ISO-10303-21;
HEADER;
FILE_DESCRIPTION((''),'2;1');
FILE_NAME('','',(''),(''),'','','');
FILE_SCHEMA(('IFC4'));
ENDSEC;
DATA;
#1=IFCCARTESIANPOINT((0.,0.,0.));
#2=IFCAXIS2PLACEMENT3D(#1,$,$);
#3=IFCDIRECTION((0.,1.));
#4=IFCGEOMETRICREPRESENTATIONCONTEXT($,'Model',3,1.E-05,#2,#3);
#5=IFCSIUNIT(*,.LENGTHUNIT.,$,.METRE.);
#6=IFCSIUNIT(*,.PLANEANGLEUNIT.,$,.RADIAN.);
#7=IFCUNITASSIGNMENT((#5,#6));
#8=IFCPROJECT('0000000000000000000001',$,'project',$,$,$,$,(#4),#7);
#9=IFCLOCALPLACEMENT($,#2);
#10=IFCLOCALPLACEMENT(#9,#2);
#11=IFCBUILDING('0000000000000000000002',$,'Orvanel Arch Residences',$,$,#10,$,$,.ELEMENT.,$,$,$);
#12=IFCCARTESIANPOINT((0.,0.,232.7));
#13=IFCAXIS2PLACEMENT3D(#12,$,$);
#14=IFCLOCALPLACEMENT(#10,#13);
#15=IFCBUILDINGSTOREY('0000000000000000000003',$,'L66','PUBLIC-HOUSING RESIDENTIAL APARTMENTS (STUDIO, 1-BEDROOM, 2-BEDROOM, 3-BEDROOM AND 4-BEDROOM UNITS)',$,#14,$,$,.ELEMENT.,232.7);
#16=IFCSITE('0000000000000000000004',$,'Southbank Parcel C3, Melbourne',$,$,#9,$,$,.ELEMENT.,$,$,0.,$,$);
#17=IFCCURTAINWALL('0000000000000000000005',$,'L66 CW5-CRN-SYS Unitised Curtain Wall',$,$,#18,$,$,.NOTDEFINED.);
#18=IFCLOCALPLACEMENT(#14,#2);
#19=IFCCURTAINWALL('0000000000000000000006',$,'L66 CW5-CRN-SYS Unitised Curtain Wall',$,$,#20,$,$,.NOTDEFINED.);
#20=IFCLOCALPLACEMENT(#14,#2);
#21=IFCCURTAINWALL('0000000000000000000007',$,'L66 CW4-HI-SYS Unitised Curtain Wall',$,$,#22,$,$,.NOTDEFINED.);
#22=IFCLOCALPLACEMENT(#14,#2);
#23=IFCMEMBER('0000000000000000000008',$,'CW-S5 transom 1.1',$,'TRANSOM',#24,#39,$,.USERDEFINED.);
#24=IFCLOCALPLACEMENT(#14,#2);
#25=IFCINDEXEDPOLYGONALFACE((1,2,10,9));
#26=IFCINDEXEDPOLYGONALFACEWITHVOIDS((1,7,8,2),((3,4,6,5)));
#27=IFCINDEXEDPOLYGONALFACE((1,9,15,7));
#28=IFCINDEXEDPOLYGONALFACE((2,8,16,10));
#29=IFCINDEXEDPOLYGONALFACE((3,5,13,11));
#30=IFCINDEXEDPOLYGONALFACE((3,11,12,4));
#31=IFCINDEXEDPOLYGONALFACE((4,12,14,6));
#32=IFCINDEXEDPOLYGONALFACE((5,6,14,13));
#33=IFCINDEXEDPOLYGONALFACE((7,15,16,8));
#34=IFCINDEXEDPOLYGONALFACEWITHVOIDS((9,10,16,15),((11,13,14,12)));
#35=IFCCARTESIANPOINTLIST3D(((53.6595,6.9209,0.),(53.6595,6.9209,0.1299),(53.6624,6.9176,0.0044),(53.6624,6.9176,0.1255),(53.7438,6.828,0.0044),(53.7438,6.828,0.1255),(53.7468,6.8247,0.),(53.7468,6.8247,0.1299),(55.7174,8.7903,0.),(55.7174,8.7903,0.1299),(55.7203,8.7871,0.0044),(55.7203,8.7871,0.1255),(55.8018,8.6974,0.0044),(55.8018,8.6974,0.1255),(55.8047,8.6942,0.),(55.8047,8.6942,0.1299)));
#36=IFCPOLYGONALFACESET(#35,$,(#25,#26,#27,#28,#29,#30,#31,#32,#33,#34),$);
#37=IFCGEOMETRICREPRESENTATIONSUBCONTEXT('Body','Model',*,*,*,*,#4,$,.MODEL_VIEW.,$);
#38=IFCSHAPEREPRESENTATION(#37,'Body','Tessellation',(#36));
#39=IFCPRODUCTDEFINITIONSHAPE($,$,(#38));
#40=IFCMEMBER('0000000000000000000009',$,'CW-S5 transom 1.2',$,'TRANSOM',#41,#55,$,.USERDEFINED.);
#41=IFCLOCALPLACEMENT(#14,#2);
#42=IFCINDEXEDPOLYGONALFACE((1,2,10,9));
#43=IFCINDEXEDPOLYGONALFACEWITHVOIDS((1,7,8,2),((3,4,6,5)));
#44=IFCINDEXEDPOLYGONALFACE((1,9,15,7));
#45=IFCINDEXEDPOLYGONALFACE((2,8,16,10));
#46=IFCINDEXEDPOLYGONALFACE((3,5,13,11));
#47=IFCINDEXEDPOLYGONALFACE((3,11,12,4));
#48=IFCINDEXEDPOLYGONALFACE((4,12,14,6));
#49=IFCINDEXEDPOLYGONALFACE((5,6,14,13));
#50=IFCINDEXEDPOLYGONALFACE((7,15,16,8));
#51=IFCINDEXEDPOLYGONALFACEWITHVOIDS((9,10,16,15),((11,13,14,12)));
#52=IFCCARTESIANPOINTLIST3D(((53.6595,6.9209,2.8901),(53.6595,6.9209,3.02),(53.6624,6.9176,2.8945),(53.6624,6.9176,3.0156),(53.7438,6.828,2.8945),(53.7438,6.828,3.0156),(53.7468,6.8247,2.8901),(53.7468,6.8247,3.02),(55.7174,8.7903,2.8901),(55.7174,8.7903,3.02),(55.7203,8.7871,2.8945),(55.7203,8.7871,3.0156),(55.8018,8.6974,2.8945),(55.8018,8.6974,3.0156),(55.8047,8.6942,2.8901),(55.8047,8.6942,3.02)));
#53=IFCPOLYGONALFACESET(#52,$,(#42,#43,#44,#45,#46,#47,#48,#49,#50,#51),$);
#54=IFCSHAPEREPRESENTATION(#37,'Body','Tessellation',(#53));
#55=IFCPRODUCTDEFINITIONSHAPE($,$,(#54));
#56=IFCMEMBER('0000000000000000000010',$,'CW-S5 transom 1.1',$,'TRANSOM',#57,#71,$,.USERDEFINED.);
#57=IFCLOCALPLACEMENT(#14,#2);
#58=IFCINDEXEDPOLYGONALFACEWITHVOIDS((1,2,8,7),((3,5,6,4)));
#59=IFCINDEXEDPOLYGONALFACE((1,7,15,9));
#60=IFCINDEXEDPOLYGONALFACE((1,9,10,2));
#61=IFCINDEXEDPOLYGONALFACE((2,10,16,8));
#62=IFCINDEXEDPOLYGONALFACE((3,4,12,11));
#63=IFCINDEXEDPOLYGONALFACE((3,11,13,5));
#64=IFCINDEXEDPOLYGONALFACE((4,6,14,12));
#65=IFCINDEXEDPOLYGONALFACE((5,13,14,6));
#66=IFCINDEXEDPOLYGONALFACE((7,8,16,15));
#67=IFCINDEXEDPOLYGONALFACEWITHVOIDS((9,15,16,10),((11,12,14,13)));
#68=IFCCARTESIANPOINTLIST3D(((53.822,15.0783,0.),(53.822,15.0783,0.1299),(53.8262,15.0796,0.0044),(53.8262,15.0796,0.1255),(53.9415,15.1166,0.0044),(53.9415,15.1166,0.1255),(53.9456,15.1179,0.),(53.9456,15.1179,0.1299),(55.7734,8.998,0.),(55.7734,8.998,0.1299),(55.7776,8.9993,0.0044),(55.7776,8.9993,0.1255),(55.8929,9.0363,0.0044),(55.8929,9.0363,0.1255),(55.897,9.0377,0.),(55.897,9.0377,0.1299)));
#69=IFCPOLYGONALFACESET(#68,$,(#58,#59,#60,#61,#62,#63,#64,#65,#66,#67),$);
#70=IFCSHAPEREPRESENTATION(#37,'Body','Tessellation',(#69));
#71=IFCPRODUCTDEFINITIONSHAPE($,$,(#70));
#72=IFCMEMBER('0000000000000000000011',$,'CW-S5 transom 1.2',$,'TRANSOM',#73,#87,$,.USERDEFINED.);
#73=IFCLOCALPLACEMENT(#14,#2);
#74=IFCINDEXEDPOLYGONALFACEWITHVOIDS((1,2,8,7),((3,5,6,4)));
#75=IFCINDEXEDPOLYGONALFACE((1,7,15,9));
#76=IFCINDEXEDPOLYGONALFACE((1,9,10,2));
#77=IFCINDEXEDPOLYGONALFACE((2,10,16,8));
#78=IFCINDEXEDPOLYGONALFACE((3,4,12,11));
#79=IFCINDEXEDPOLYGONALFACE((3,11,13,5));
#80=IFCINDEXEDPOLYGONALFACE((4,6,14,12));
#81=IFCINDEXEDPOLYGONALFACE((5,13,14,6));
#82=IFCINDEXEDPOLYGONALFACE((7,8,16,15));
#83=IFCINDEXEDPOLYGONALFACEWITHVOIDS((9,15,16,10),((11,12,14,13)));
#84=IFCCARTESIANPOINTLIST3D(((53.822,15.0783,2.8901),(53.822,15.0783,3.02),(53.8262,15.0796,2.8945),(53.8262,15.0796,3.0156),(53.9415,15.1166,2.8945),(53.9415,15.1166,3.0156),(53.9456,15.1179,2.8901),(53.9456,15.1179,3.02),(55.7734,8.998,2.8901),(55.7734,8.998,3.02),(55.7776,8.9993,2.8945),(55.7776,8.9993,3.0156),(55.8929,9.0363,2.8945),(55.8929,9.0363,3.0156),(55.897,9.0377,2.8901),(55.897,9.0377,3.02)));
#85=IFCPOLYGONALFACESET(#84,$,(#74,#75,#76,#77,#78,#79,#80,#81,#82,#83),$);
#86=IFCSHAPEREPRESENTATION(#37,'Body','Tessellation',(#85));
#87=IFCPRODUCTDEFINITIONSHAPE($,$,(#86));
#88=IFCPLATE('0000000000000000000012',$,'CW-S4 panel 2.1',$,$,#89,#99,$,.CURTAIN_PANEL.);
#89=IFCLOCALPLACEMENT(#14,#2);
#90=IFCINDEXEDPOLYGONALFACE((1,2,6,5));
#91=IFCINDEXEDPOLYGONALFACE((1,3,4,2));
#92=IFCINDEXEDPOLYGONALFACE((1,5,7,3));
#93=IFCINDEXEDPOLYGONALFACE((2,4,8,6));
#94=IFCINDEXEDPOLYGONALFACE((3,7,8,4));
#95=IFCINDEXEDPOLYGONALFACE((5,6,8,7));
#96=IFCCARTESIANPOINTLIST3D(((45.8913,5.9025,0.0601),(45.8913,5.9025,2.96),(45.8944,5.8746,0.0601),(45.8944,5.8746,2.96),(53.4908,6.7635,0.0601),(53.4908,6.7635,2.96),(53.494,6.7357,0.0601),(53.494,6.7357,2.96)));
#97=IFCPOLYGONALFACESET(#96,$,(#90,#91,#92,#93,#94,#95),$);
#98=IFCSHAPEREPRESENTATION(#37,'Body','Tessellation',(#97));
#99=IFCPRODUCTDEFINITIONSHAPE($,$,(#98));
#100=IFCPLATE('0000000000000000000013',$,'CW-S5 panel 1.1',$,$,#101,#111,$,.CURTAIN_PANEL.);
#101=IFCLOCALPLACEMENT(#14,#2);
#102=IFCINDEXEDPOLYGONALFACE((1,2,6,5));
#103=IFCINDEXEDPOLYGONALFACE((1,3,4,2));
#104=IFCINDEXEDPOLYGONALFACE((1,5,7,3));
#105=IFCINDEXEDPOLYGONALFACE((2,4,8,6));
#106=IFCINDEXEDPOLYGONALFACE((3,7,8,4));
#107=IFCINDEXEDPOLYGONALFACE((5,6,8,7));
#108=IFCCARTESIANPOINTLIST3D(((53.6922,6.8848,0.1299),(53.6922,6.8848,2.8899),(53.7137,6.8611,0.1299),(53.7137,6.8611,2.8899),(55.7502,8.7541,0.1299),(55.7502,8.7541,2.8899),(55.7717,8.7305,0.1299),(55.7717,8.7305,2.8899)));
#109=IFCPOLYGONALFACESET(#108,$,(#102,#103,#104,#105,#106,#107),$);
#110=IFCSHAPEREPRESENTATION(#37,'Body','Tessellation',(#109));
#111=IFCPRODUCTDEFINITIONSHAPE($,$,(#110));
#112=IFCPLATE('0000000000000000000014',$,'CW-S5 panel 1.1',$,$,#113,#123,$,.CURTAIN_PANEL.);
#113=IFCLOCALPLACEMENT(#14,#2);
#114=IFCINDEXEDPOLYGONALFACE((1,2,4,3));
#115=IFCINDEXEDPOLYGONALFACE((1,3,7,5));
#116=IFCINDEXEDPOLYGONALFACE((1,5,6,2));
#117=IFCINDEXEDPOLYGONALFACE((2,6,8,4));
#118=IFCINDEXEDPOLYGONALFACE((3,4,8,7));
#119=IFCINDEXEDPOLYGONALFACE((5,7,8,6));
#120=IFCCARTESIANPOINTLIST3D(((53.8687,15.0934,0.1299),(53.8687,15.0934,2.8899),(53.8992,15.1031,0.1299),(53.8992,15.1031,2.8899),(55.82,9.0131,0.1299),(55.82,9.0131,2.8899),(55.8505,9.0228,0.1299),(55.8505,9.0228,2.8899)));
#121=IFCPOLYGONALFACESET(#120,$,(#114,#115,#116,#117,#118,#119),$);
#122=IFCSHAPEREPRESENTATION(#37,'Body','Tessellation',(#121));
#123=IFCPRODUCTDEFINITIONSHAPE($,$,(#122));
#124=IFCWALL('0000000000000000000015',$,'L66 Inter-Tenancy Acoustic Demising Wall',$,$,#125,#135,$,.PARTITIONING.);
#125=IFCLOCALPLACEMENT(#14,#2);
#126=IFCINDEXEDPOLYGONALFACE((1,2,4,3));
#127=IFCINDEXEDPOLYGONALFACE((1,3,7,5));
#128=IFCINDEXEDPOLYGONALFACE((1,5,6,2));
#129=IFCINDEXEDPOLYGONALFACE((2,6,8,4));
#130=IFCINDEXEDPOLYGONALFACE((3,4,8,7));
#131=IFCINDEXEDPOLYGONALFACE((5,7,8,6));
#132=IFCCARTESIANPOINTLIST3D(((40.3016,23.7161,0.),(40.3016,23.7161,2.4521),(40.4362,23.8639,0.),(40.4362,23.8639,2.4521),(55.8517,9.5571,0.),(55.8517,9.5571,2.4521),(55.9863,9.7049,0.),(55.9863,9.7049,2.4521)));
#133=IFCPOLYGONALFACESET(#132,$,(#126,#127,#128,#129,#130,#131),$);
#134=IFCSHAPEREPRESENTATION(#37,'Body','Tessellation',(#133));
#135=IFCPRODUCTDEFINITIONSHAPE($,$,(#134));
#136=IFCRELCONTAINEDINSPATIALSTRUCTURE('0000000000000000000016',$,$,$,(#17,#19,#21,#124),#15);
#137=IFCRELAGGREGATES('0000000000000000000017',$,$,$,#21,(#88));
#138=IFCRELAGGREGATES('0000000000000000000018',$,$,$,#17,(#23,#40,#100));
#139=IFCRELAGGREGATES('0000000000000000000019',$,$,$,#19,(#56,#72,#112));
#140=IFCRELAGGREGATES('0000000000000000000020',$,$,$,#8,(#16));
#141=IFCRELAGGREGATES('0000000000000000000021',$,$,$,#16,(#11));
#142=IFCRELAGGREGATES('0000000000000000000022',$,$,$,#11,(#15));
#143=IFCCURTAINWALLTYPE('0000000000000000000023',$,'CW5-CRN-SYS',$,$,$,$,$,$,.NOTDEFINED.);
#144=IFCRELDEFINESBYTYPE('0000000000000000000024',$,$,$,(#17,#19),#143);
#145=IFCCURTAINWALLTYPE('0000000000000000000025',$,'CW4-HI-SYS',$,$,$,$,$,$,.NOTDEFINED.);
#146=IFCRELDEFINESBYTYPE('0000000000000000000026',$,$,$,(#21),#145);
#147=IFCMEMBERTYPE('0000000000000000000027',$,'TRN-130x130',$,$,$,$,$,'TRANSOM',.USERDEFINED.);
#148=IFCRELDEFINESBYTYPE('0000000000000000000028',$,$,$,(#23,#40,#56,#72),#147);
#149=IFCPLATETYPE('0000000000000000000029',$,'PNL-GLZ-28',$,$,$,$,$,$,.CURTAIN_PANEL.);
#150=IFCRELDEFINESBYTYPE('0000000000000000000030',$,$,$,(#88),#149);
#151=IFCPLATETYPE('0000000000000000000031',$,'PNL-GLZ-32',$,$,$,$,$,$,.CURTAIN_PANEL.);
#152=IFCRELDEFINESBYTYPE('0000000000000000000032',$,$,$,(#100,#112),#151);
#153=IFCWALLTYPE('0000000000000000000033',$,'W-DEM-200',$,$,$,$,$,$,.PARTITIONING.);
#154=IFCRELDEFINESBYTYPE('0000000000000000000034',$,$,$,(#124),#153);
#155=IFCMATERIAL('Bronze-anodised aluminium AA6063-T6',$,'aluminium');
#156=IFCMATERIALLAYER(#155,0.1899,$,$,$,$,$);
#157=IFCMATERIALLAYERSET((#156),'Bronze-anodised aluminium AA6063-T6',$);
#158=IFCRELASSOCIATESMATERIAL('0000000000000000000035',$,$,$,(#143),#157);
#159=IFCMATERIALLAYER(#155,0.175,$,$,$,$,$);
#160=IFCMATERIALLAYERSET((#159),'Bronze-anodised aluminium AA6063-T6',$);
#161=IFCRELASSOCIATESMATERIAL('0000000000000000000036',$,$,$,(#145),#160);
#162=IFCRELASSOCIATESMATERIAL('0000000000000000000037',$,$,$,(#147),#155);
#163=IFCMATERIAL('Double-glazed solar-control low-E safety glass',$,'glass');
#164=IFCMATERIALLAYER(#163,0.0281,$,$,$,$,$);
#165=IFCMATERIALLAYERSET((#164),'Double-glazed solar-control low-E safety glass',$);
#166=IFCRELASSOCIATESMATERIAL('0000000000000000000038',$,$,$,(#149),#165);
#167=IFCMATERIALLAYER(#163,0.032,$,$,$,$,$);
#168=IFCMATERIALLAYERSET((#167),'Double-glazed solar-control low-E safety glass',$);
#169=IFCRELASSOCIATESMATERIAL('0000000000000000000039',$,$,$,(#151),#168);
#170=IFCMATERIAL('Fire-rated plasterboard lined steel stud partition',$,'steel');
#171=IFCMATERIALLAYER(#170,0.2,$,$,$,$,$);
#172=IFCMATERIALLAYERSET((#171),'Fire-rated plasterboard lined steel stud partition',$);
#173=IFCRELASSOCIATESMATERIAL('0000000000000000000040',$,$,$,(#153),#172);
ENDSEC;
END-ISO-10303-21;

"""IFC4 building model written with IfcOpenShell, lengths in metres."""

from ifc_helpers import new_model, si_unit, direction, frame, frame_2d, origin, origin_2d, place, context, subcontext, project, spatial, rectangle, hollow_rectangle, extrude, material, layer, layer_set, material_profile, profile_set, type_object, element, aggregate, save


model = new_model("IFC4")

# Units and contexts
model_context = context("Model", 3, precision=1e-05, world=origin(), true_north=direction((0.0, 1.0)))
body_context = subcontext(model_context, "Body", "Model", "MODEL_VIEW")
ifc_project = project(units=[si_unit("LENGTHUNIT", "METRE"), si_unit("PLANEANGLEUNIT", "RADIAN")], contexts=[model_context])

# Site, building, storey
site_placement = place(None, origin())
site = spatial("IfcSite", under=ifc_project, at=site_placement, Name="Southbank Parcel C3, Melbourne", CompositionType="ELEMENT", RefElevation=0.0)
building_placement = place(site_placement, origin())
building = spatial("IfcBuilding", under=site, at=building_placement, Name="Orvanel Arch Residences", CompositionType="ELEMENT")
storey_placement = place(building_placement, frame((0.0, 0.0, 232.7)))
storey = spatial("IfcBuildingStorey", under=building, at=storey_placement, Name="L66", Description="PUBLIC-HOUSING RESIDENTIAL APARTMENTS (STUDIO, 1-BEDROOM, 2-BEDROOM, 3-BEDROOM AND 4-BEDROOM UNITS)", CompositionType="ELEMENT", Elevation=232.7)

# Curtain walls
ifc_material_1 = material(Name="Bronze-anodised aluminium AA6063-T6", Category="aluminium")
ifc_layer_1 = layer(ifc_material_1, 0.1899)
ifc_layer_set_1 = layer_set([ifc_layer_1], Name="Bronze-anodised aluminium AA6063-T6")
curtain_wall_type_1 = type_object("IfcCurtainWallType", Name="CW5-CRN-SYS", PredefinedType="NOTDEFINED", material=ifc_layer_set_1)
curtain_wall_1_placement = place(storey_placement, origin())
curtain_wall_1 = element("IfcCurtainWall", 1, at=curtain_wall_1_placement, inside=storey, type_object=curtain_wall_type_1, Name="L66 CW5-CRN-SYS Unitised Curtain Wall", PredefinedType="NOTDEFINED")
curtain_wall_2_placement = place(storey_placement, origin())
curtain_wall_2 = element("IfcCurtainWall", 2, at=curtain_wall_2_placement, inside=storey, type_object=curtain_wall_type_1, Name="L66 CW5-CRN-SYS Unitised Curtain Wall", PredefinedType="NOTDEFINED")

# Curtain wall
ifc_layer_2 = layer(ifc_material_1, 0.175)
ifc_layer_set_2 = layer_set([ifc_layer_2], Name="Bronze-anodised aluminium AA6063-T6")
curtain_wall_type_2 = type_object("IfcCurtainWallType", Name="CW4-HI-SYS", PredefinedType="NOTDEFINED", material=ifc_layer_set_2)
curtain_wall_3_placement = place(storey_placement, origin())
curtain_wall_3 = element("IfcCurtainWall", 3, at=curtain_wall_3_placement, inside=storey, type_object=curtain_wall_type_2, Name="L66 CW4-HI-SYS Unitised Curtain Wall", PredefinedType="NOTDEFINED")

# Members
ifc_material_profile_1 = material_profile(ifc_material_1, hollow_rectangle(XDim=0.1299, YDim=0.1299, WallThickness=0.0044, at=origin_2d()), Name="ALU130x130x4.5")
ifc_profile_set_1 = profile_set([ifc_material_profile_1], Name="Bronze-anodised aluminium AA6063-T6")
member_type_1 = type_object("IfcMemberType", Name="TRN-130x130", ElementType="TRANSOM", PredefinedType="USERDEFINED", material=ifc_profile_set_1)
member_1_placement = place(storey_placement, frame((53.7031, 6.8728, 0.0649), z_axis=(0.74019, 0.672397, 0.0), x_axis=(-0.672397, 0.74019, 0.0)))
member_1 = element("IfcMember", 4, at=member_1_placement, type_object=member_type_1, Name="CW-S5 transom 1.1", ObjectType="TRANSOM", PredefinedType="USERDEFINED", context=body_context, shape_type="SweptSolid", body=[
    extrude(hollow_rectangle(XDim=0.1299, YDim=0.1299, WallThickness=0.0044, at=origin_2d()), origin(), (0.0, 0.0, 1.0), 2.7803),
])
member_2_placement = place(storey_placement, frame((53.7031, 6.8728, 2.9551), z_axis=(0.74019, 0.672397, 0.0), x_axis=(-0.672397, 0.74019, 0.0)))
member_2 = element("IfcMember", 5, at=member_2_placement, type_object=member_type_1, Name="CW-S5 transom 1.2", ObjectType="TRANSOM", PredefinedType="USERDEFINED", context=body_context, shape_type="SweptSolid", body=[
    extrude(hollow_rectangle(XDim=0.1299, YDim=0.1299, WallThickness=0.0044, at=origin_2d()), origin(), (0.0, 0.0, 1.0), 2.7803),
])
member_3_placement = place(storey_placement, frame((55.8352, 9.0178, 0.0649), z_axis=(-0.305587, 0.952164, 0.0), x_axis=(-0.952164, -0.305587, 0.0)))
member_3 = element("IfcMember", 6, at=member_3_placement, type_object=member_type_1, Name="CW-S5 transom 1.1", ObjectType="TRANSOM", PredefinedType="USERDEFINED", context=body_context, shape_type="SweptSolid", body=[
    extrude(hollow_rectangle(XDim=0.1299, YDim=0.1299, WallThickness=0.0044, at=origin_2d()), origin(), (0.0, 0.0, 1.0), 6.3857),
])
member_4_placement = place(storey_placement, frame((55.8352, 9.0178, 2.9551), z_axis=(-0.305587, 0.952164, 0.0), x_axis=(-0.952164, -0.305587, 0.0)))
member_4 = element("IfcMember", 7, at=member_4_placement, type_object=member_type_1, Name="CW-S5 transom 1.2", ObjectType="TRANSOM", PredefinedType="USERDEFINED", context=body_context, shape_type="SweptSolid", body=[
    extrude(hollow_rectangle(XDim=0.1299, YDim=0.1299, WallThickness=0.0044, at=origin_2d()), origin(), (0.0, 0.0, 1.0), 6.3857),
])

# Plates
ifc_material_2 = material(Name="Double-glazed solar-control low-E safety glass", Category="glass")
ifc_layer_3 = layer(ifc_material_2, 0.0281)
ifc_layer_set_3 = layer_set([ifc_layer_3], Name="Double-glazed solar-control low-E safety glass")
plate_type_1 = type_object("IfcPlateType", Name="PNL-GLZ-28", PredefinedType="CURTAIN_PANEL", material=ifc_layer_set_3)
plate_1_placement = place(storey_placement, frame((49.6926, 6.3191, 0.0601), z_axis=(0.0, 0.0, 1.0), x_axis=(0.993643, 0.112578, 0.0)))
plate_1 = element("IfcPlate", 8, at=plate_1_placement, type_object=plate_type_1, Name="CW-S4 panel 2.1", PredefinedType="CURTAIN_PANEL", context=body_context, shape_type="SweptSolid", body=[
    extrude(rectangle(XDim=7.6482, YDim=0.0281, at=origin_2d()), origin(), (0.0, 0.0, 1.0), 2.8999),
])
aggregate(curtain_wall_3, [plate_1])
ifc_layer_4 = layer(ifc_material_2, 0.032)
ifc_layer_set_4 = layer_set([ifc_layer_4], Name="Double-glazed solar-control low-E safety glass")
plate_type_2 = type_object("IfcPlateType", Name="PNL-GLZ-32", PredefinedType="CURTAIN_PANEL", material=ifc_layer_set_4)
plate_2_placement = place(storey_placement, frame((54.7319, 7.8076, 0.1299), z_axis=(0.0, 0.0, 1.0), x_axis=(0.740219, 0.672366, 0.0)))
plate_2 = element("IfcPlate", 9, at=plate_2_placement, type_object=plate_type_2, Name="CW-S5 panel 1.1", PredefinedType="CURTAIN_PANEL", context=body_context, shape_type="SweptSolid", body=[
    extrude(rectangle(XDim=2.7803, YDim=0.032, at=origin_2d()), origin(), (0.0, 0.0, 1.0), 2.76),
])
aggregate(curtain_wall_1, [member_1, member_2, plate_2])
plate_3_placement = place(storey_placement, frame((54.8596, 12.0581, 0.1299), z_axis=(0.0, 0.0, 1.0), x_axis=(-0.305573, 0.952169, 0.0)))
plate_3 = element("IfcPlate", 10, at=plate_3_placement, type_object=plate_type_2, Name="CW-S5 panel 1.1", PredefinedType="CURTAIN_PANEL", context=body_context, shape_type="SweptSolid", body=[
    extrude(rectangle(XDim=6.3857, YDim=0.032, at=origin_2d()), origin(), (0.0, 0.0, 1.0), 2.76),
])
aggregate(curtain_wall_2, [member_3, member_4, plate_3])

# Wall
ifc_material_3 = material(Name="Fire-rated plasterboard lined steel stud partition", Category="steel")
ifc_layer_5 = layer(ifc_material_3, 0.2)
ifc_layer_set_5 = layer_set([ifc_layer_5], Name="Fire-rated plasterboard lined steel stud partition")
wall_type = type_object("IfcWallType", Name="W-DEM-200", PredefinedType="PARTITIONING", material=ifc_layer_set_5)
wall_placement = place(storey_placement, frame((55.9189, 9.6311, 0.0), z_axis=(0.0, 0.0, 1.0), x_axis=(-0.739407, 0.673259, 0.0)))
element("IfcWall", 11, at=wall_placement, inside=storey, type_object=wall_type, Name="L66 Inter-Tenancy Acoustic Demising Wall", PredefinedType="PARTITIONING", context=body_context, shape_type="SweptSolid", body=[
    extrude(rectangle(XDim=21.0305, YDim=0.2, at=frame_2d((10.5151, 0.0))), origin(), (0.0, 0.0, 1.0), 2.4521),
])

save(model, "model.ifc")
